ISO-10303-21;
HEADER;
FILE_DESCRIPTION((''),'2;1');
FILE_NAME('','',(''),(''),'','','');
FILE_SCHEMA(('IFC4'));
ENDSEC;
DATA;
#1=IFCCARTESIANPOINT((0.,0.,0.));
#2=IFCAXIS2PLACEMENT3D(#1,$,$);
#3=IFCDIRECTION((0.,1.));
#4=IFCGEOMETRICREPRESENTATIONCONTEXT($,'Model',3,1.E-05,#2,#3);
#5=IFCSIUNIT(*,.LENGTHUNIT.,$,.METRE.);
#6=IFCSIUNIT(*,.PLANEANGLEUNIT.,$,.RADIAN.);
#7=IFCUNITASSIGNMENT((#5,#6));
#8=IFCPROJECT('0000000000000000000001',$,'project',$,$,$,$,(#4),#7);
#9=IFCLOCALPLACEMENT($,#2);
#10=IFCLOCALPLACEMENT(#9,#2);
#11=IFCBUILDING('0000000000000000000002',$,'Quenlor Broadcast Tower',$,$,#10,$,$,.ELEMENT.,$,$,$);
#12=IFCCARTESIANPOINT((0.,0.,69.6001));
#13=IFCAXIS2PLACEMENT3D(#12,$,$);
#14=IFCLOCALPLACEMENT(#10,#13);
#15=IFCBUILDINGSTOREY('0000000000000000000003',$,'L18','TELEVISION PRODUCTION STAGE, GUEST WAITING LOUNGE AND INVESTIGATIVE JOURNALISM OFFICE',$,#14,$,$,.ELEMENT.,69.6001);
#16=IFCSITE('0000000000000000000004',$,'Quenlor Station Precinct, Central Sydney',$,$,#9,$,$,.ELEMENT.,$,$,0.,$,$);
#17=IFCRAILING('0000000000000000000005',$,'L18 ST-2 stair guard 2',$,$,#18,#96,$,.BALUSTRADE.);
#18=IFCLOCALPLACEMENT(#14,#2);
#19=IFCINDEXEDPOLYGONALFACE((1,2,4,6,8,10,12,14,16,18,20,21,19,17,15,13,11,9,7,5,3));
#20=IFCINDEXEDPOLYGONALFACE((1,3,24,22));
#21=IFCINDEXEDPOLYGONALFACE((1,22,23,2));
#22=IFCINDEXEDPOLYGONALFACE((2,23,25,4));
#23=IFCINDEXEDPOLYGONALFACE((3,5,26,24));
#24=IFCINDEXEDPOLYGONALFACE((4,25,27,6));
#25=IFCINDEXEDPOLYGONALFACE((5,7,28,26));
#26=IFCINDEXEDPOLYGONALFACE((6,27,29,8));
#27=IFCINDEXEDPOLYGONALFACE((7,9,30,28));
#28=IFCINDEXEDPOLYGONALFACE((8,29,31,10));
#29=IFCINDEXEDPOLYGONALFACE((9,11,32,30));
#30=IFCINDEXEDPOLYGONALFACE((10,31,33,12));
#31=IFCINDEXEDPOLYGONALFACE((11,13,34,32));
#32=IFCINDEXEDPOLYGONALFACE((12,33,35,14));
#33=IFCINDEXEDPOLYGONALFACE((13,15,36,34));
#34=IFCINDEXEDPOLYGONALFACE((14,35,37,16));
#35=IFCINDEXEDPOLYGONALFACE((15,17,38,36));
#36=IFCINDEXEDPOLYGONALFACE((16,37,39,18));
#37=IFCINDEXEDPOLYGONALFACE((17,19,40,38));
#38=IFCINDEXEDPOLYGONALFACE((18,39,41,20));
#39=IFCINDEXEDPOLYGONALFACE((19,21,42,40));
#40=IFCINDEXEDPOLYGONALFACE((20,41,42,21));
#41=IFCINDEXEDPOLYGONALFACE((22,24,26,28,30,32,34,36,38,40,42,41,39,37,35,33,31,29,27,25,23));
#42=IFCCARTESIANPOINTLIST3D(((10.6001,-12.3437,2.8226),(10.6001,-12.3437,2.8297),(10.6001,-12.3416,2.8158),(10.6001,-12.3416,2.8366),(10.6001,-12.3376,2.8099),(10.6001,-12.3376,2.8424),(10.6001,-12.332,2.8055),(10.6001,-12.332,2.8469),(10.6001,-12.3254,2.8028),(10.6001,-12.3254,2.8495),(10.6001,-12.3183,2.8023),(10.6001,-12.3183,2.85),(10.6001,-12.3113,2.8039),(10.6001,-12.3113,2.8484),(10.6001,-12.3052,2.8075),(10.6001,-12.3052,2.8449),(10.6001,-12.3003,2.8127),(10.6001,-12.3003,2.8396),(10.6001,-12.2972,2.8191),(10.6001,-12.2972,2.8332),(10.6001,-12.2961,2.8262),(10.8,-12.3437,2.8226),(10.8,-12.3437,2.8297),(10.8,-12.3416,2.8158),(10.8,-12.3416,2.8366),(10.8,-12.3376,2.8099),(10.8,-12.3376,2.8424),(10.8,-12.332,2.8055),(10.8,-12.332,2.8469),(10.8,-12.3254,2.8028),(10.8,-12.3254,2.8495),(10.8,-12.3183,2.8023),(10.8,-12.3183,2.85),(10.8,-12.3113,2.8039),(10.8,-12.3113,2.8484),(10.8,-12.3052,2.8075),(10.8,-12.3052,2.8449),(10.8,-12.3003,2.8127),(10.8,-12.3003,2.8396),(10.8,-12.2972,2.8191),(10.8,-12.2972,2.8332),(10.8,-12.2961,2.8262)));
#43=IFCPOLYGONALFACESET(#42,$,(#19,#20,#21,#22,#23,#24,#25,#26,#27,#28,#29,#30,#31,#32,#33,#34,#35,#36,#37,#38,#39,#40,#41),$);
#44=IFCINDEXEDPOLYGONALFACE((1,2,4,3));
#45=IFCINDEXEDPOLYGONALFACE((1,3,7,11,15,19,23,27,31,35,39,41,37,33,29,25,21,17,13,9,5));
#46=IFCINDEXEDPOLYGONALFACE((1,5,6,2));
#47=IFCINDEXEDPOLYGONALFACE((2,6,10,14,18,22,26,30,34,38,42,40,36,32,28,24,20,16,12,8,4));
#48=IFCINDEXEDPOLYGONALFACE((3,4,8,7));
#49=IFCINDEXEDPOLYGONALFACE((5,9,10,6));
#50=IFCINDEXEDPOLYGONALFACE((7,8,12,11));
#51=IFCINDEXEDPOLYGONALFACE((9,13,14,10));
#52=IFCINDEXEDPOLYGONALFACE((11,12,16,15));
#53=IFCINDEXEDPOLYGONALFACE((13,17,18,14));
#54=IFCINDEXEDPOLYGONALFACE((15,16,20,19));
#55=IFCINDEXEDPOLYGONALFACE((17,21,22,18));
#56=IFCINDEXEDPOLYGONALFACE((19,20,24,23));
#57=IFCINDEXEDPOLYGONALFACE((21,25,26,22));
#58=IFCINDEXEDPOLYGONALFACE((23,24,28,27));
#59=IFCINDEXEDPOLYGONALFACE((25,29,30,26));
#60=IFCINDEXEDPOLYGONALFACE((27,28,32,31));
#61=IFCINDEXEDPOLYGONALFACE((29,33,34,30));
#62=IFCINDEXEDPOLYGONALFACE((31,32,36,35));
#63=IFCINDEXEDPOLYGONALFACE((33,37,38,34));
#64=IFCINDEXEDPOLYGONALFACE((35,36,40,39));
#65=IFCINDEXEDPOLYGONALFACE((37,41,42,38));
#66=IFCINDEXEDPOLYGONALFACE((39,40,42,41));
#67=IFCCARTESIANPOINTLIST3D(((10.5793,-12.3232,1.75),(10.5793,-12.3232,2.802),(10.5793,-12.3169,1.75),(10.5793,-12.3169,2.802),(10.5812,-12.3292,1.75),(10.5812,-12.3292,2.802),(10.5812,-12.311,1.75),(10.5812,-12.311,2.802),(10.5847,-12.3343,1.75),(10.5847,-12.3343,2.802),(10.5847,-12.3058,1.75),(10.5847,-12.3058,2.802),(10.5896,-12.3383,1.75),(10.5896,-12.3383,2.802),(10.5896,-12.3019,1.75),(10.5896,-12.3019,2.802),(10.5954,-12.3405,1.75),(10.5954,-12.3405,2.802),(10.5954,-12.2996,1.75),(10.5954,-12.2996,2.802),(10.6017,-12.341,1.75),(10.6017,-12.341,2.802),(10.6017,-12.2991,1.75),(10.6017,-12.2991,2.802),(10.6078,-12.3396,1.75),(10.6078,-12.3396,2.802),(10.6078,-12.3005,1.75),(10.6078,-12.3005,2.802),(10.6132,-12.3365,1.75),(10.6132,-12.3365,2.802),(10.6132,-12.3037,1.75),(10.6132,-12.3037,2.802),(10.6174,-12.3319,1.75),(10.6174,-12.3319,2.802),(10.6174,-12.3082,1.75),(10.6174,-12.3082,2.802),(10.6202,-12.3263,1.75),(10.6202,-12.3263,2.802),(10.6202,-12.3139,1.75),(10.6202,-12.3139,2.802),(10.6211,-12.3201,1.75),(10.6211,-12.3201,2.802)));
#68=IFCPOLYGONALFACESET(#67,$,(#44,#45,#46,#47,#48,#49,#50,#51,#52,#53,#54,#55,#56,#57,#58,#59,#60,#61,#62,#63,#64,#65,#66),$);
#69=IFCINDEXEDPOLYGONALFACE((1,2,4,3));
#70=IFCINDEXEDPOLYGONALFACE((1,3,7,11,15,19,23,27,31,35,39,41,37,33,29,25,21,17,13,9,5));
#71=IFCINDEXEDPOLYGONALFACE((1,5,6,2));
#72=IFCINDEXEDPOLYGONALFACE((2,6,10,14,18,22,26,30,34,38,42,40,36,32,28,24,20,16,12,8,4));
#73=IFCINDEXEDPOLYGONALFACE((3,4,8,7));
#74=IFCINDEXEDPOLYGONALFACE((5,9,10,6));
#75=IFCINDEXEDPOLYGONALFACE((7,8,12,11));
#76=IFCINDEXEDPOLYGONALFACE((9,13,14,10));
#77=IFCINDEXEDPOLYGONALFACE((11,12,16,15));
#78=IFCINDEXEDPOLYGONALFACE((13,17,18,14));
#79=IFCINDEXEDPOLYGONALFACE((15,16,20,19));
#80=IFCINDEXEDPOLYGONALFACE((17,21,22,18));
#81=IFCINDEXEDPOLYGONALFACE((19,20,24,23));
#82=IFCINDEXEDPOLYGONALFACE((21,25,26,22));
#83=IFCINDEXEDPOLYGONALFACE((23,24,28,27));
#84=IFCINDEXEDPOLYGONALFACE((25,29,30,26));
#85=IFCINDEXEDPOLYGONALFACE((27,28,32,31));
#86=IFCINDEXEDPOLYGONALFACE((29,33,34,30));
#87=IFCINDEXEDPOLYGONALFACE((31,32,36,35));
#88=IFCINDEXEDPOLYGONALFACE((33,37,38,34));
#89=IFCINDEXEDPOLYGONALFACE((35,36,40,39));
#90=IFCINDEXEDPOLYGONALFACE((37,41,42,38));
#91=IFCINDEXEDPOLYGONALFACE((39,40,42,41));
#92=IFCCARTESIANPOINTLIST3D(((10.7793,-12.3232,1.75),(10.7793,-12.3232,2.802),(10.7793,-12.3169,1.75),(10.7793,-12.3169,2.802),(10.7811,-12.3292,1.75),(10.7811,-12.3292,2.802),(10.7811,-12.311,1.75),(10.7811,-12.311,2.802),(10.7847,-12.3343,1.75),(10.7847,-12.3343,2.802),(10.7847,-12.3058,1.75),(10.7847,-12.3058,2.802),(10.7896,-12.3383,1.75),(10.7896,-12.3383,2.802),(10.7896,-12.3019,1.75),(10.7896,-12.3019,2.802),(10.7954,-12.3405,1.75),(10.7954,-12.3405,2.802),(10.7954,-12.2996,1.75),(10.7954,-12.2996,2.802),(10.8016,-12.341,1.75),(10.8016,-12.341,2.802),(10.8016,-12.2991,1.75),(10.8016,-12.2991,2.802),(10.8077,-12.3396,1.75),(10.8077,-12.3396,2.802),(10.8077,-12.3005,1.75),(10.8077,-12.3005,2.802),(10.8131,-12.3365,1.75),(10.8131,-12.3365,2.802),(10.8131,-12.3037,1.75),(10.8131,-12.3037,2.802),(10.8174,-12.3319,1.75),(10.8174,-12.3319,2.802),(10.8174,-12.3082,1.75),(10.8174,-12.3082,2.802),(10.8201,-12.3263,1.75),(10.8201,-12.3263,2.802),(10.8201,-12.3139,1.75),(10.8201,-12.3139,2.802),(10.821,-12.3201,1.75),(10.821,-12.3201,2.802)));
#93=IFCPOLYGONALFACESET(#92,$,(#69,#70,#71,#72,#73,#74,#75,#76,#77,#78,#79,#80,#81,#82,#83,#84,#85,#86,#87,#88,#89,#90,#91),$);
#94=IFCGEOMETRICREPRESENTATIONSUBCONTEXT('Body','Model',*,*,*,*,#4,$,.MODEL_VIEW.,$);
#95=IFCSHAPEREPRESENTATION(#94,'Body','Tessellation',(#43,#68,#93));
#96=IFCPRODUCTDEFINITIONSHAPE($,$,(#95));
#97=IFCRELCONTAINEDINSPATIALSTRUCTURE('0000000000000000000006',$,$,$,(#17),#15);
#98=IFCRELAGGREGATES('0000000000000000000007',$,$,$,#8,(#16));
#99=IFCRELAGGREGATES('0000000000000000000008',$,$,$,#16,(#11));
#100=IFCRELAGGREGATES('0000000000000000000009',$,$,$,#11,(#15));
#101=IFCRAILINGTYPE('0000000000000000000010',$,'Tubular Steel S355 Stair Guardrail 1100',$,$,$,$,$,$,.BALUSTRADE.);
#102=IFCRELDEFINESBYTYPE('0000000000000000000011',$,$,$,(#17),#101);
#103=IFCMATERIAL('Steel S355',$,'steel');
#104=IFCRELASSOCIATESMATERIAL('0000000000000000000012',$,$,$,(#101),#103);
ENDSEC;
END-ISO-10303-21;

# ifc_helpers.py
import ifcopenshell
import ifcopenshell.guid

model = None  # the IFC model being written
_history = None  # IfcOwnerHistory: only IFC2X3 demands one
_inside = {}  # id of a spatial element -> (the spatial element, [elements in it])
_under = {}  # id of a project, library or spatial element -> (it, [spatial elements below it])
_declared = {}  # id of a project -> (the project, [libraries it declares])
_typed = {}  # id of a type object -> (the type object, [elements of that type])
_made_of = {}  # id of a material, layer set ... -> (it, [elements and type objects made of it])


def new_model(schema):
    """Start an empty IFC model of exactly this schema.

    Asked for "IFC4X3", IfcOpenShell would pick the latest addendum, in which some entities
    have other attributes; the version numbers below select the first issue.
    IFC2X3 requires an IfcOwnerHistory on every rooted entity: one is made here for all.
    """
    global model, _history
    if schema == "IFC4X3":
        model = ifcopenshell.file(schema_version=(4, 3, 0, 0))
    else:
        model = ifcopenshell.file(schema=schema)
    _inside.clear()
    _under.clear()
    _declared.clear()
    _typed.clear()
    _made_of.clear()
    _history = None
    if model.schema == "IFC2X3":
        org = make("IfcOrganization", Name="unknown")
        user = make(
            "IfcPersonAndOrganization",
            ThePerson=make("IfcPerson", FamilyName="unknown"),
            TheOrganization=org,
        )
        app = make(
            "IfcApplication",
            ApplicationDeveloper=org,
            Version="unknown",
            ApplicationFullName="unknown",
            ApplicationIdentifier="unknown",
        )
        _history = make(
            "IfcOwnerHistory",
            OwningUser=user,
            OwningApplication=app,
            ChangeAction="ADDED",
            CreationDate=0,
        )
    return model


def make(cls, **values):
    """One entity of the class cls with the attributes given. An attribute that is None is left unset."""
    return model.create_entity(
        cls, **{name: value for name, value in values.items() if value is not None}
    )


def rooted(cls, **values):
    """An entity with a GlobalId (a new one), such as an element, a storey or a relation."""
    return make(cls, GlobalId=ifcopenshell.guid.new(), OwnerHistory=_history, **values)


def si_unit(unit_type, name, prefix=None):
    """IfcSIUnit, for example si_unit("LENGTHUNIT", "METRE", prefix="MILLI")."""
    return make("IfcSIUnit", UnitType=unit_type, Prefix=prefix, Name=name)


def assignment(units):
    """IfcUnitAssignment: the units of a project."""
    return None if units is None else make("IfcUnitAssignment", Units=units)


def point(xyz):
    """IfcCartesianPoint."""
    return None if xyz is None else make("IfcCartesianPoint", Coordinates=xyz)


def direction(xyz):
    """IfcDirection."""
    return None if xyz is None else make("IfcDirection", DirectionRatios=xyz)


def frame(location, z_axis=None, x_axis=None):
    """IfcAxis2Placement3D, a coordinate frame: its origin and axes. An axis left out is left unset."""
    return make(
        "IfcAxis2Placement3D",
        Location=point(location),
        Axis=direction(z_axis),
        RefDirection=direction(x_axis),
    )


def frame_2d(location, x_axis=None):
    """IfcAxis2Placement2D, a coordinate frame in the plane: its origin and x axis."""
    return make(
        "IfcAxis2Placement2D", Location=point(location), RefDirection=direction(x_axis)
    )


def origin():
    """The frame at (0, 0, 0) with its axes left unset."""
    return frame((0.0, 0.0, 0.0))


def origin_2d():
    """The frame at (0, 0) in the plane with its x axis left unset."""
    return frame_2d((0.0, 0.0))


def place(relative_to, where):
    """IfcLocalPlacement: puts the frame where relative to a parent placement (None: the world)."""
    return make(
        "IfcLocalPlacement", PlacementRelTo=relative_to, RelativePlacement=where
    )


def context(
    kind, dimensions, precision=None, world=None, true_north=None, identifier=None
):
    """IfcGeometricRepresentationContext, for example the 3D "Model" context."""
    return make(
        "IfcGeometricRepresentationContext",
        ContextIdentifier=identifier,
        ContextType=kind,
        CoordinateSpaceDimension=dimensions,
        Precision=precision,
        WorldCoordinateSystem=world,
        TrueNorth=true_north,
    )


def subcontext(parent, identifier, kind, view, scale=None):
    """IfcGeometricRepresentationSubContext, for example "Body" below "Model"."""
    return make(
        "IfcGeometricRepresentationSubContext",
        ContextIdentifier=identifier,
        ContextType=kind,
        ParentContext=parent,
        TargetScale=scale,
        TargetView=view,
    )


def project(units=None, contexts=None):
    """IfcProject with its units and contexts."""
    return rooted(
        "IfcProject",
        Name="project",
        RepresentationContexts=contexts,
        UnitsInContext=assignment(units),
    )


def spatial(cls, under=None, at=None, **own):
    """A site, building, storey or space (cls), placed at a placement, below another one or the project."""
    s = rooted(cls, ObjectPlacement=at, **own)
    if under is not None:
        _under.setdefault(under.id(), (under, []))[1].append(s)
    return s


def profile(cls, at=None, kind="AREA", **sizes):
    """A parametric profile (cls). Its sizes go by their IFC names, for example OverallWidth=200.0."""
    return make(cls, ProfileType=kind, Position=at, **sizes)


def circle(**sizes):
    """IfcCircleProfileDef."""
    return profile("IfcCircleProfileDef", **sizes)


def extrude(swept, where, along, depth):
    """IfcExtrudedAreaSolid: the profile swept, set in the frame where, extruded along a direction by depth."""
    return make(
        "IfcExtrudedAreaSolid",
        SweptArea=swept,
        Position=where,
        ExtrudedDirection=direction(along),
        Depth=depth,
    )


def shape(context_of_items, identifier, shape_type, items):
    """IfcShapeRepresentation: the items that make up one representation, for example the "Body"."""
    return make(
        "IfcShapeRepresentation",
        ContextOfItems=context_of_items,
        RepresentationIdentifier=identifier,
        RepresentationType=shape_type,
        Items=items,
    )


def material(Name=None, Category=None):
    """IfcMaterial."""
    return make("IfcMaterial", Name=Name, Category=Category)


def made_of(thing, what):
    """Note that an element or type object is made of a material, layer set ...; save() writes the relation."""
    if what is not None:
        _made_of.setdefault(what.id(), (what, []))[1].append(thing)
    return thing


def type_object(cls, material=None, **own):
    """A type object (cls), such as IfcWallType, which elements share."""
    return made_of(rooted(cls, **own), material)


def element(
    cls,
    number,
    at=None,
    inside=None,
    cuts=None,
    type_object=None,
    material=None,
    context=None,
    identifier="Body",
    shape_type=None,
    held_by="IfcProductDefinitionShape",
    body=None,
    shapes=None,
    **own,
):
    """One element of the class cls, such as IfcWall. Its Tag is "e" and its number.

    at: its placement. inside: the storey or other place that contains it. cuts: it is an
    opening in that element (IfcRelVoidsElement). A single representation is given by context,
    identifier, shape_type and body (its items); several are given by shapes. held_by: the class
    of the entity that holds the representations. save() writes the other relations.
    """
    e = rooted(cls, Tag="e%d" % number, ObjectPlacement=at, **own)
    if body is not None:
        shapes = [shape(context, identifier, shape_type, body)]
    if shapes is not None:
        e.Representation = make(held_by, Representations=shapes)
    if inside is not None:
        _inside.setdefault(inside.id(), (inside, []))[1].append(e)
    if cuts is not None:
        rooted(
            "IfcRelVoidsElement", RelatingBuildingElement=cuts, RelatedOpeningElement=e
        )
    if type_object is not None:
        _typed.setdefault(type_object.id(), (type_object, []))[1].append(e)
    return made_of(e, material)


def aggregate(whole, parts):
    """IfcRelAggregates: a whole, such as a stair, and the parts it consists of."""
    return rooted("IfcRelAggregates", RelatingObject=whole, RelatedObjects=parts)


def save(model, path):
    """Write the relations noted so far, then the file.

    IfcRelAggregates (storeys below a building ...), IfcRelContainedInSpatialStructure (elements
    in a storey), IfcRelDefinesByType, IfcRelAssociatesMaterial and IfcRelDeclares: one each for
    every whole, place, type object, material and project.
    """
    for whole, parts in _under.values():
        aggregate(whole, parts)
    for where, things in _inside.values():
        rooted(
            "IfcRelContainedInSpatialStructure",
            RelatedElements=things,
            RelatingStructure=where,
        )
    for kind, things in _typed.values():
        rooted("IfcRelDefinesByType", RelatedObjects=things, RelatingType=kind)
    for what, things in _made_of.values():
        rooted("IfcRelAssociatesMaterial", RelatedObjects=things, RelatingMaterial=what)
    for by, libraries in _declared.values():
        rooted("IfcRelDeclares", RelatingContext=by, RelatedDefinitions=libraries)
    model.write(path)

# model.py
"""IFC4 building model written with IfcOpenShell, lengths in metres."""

from ifc_helpers import new_model, si_unit, direction, frame, origin, origin_2d, place, context, subcontext, project, spatial, circle, extrude, material, type_object, element, save


model = new_model("IFC4")

# Units and contexts
model_context = context("Model", 3, precision=1e-05, world=origin(), true_north=direction((0.0, 1.0)))
body_context = subcontext(model_context, "Body", "Model", "MODEL_VIEW")
ifc_project = project(units=[si_unit("LENGTHUNIT", "METRE"), si_unit("PLANEANGLEUNIT", "RADIAN")], contexts=[model_context])

# Site, building, storey
site_placement = place(None, origin())
site = spatial("IfcSite", under=ifc_project, at=site_placement, Name="Quenlor Station Precinct, Central Sydney", CompositionType="ELEMENT", RefElevation=0.0)
building_placement = place(site_placement, origin())
building = spatial("IfcBuilding", under=site, at=building_placement, Name="Quenlor Broadcast Tower", CompositionType="ELEMENT")
storey_placement = place(building_placement, frame((0.0, 0.0, 69.6001)))
storey = spatial("IfcBuildingStorey", under=building, at=storey_placement, Name="L18", Description="TELEVISION PRODUCTION STAGE, GUEST WAITING LOUNGE AND INVESTIGATIVE JOURNALISM OFFICE", CompositionType="ELEMENT", Elevation=69.6001)

# Railing
ifc_material_1 = material(Name="Steel S355", Category="steel")
railing_type_1 = type_object("IfcRailingType", Name="Tubular Steel S355 Stair Guardrail 1100", PredefinedType="BALUSTRADE", material=ifc_material_1)
railing_1_placement = place(storey_placement, frame((10.6001, -12.3201, 1.75)))
element("IfcRailing", 1, at=railing_1_placement, inside=storey, type_object=railing_type_1, Name="L18 ST-2 stair guard 2", PredefinedType="BALUSTRADE", context=body_context, shape_type="SweptSolid", body=[
    extrude(circle(Radius=0.0239, at=origin_2d()), frame((0.0, 0.0, 1.0762), z_axis=(1.0, 0.0, 0.0), x_axis=(0.0, 1.0, 0.0)), (0.0, 0.0, 1.0), 0.2),
    extrude(circle(Radius=0.021, at=origin_2d()), origin(), (0.0, 0.0, 1.0), 1.052),
    extrude(circle(Radius=0.021, at=origin_2d()), frame((0.2, 0.0, 0.0)), (0.0, 0.0, 1.0), 1.052),
])

save(model, "model.ifc")
